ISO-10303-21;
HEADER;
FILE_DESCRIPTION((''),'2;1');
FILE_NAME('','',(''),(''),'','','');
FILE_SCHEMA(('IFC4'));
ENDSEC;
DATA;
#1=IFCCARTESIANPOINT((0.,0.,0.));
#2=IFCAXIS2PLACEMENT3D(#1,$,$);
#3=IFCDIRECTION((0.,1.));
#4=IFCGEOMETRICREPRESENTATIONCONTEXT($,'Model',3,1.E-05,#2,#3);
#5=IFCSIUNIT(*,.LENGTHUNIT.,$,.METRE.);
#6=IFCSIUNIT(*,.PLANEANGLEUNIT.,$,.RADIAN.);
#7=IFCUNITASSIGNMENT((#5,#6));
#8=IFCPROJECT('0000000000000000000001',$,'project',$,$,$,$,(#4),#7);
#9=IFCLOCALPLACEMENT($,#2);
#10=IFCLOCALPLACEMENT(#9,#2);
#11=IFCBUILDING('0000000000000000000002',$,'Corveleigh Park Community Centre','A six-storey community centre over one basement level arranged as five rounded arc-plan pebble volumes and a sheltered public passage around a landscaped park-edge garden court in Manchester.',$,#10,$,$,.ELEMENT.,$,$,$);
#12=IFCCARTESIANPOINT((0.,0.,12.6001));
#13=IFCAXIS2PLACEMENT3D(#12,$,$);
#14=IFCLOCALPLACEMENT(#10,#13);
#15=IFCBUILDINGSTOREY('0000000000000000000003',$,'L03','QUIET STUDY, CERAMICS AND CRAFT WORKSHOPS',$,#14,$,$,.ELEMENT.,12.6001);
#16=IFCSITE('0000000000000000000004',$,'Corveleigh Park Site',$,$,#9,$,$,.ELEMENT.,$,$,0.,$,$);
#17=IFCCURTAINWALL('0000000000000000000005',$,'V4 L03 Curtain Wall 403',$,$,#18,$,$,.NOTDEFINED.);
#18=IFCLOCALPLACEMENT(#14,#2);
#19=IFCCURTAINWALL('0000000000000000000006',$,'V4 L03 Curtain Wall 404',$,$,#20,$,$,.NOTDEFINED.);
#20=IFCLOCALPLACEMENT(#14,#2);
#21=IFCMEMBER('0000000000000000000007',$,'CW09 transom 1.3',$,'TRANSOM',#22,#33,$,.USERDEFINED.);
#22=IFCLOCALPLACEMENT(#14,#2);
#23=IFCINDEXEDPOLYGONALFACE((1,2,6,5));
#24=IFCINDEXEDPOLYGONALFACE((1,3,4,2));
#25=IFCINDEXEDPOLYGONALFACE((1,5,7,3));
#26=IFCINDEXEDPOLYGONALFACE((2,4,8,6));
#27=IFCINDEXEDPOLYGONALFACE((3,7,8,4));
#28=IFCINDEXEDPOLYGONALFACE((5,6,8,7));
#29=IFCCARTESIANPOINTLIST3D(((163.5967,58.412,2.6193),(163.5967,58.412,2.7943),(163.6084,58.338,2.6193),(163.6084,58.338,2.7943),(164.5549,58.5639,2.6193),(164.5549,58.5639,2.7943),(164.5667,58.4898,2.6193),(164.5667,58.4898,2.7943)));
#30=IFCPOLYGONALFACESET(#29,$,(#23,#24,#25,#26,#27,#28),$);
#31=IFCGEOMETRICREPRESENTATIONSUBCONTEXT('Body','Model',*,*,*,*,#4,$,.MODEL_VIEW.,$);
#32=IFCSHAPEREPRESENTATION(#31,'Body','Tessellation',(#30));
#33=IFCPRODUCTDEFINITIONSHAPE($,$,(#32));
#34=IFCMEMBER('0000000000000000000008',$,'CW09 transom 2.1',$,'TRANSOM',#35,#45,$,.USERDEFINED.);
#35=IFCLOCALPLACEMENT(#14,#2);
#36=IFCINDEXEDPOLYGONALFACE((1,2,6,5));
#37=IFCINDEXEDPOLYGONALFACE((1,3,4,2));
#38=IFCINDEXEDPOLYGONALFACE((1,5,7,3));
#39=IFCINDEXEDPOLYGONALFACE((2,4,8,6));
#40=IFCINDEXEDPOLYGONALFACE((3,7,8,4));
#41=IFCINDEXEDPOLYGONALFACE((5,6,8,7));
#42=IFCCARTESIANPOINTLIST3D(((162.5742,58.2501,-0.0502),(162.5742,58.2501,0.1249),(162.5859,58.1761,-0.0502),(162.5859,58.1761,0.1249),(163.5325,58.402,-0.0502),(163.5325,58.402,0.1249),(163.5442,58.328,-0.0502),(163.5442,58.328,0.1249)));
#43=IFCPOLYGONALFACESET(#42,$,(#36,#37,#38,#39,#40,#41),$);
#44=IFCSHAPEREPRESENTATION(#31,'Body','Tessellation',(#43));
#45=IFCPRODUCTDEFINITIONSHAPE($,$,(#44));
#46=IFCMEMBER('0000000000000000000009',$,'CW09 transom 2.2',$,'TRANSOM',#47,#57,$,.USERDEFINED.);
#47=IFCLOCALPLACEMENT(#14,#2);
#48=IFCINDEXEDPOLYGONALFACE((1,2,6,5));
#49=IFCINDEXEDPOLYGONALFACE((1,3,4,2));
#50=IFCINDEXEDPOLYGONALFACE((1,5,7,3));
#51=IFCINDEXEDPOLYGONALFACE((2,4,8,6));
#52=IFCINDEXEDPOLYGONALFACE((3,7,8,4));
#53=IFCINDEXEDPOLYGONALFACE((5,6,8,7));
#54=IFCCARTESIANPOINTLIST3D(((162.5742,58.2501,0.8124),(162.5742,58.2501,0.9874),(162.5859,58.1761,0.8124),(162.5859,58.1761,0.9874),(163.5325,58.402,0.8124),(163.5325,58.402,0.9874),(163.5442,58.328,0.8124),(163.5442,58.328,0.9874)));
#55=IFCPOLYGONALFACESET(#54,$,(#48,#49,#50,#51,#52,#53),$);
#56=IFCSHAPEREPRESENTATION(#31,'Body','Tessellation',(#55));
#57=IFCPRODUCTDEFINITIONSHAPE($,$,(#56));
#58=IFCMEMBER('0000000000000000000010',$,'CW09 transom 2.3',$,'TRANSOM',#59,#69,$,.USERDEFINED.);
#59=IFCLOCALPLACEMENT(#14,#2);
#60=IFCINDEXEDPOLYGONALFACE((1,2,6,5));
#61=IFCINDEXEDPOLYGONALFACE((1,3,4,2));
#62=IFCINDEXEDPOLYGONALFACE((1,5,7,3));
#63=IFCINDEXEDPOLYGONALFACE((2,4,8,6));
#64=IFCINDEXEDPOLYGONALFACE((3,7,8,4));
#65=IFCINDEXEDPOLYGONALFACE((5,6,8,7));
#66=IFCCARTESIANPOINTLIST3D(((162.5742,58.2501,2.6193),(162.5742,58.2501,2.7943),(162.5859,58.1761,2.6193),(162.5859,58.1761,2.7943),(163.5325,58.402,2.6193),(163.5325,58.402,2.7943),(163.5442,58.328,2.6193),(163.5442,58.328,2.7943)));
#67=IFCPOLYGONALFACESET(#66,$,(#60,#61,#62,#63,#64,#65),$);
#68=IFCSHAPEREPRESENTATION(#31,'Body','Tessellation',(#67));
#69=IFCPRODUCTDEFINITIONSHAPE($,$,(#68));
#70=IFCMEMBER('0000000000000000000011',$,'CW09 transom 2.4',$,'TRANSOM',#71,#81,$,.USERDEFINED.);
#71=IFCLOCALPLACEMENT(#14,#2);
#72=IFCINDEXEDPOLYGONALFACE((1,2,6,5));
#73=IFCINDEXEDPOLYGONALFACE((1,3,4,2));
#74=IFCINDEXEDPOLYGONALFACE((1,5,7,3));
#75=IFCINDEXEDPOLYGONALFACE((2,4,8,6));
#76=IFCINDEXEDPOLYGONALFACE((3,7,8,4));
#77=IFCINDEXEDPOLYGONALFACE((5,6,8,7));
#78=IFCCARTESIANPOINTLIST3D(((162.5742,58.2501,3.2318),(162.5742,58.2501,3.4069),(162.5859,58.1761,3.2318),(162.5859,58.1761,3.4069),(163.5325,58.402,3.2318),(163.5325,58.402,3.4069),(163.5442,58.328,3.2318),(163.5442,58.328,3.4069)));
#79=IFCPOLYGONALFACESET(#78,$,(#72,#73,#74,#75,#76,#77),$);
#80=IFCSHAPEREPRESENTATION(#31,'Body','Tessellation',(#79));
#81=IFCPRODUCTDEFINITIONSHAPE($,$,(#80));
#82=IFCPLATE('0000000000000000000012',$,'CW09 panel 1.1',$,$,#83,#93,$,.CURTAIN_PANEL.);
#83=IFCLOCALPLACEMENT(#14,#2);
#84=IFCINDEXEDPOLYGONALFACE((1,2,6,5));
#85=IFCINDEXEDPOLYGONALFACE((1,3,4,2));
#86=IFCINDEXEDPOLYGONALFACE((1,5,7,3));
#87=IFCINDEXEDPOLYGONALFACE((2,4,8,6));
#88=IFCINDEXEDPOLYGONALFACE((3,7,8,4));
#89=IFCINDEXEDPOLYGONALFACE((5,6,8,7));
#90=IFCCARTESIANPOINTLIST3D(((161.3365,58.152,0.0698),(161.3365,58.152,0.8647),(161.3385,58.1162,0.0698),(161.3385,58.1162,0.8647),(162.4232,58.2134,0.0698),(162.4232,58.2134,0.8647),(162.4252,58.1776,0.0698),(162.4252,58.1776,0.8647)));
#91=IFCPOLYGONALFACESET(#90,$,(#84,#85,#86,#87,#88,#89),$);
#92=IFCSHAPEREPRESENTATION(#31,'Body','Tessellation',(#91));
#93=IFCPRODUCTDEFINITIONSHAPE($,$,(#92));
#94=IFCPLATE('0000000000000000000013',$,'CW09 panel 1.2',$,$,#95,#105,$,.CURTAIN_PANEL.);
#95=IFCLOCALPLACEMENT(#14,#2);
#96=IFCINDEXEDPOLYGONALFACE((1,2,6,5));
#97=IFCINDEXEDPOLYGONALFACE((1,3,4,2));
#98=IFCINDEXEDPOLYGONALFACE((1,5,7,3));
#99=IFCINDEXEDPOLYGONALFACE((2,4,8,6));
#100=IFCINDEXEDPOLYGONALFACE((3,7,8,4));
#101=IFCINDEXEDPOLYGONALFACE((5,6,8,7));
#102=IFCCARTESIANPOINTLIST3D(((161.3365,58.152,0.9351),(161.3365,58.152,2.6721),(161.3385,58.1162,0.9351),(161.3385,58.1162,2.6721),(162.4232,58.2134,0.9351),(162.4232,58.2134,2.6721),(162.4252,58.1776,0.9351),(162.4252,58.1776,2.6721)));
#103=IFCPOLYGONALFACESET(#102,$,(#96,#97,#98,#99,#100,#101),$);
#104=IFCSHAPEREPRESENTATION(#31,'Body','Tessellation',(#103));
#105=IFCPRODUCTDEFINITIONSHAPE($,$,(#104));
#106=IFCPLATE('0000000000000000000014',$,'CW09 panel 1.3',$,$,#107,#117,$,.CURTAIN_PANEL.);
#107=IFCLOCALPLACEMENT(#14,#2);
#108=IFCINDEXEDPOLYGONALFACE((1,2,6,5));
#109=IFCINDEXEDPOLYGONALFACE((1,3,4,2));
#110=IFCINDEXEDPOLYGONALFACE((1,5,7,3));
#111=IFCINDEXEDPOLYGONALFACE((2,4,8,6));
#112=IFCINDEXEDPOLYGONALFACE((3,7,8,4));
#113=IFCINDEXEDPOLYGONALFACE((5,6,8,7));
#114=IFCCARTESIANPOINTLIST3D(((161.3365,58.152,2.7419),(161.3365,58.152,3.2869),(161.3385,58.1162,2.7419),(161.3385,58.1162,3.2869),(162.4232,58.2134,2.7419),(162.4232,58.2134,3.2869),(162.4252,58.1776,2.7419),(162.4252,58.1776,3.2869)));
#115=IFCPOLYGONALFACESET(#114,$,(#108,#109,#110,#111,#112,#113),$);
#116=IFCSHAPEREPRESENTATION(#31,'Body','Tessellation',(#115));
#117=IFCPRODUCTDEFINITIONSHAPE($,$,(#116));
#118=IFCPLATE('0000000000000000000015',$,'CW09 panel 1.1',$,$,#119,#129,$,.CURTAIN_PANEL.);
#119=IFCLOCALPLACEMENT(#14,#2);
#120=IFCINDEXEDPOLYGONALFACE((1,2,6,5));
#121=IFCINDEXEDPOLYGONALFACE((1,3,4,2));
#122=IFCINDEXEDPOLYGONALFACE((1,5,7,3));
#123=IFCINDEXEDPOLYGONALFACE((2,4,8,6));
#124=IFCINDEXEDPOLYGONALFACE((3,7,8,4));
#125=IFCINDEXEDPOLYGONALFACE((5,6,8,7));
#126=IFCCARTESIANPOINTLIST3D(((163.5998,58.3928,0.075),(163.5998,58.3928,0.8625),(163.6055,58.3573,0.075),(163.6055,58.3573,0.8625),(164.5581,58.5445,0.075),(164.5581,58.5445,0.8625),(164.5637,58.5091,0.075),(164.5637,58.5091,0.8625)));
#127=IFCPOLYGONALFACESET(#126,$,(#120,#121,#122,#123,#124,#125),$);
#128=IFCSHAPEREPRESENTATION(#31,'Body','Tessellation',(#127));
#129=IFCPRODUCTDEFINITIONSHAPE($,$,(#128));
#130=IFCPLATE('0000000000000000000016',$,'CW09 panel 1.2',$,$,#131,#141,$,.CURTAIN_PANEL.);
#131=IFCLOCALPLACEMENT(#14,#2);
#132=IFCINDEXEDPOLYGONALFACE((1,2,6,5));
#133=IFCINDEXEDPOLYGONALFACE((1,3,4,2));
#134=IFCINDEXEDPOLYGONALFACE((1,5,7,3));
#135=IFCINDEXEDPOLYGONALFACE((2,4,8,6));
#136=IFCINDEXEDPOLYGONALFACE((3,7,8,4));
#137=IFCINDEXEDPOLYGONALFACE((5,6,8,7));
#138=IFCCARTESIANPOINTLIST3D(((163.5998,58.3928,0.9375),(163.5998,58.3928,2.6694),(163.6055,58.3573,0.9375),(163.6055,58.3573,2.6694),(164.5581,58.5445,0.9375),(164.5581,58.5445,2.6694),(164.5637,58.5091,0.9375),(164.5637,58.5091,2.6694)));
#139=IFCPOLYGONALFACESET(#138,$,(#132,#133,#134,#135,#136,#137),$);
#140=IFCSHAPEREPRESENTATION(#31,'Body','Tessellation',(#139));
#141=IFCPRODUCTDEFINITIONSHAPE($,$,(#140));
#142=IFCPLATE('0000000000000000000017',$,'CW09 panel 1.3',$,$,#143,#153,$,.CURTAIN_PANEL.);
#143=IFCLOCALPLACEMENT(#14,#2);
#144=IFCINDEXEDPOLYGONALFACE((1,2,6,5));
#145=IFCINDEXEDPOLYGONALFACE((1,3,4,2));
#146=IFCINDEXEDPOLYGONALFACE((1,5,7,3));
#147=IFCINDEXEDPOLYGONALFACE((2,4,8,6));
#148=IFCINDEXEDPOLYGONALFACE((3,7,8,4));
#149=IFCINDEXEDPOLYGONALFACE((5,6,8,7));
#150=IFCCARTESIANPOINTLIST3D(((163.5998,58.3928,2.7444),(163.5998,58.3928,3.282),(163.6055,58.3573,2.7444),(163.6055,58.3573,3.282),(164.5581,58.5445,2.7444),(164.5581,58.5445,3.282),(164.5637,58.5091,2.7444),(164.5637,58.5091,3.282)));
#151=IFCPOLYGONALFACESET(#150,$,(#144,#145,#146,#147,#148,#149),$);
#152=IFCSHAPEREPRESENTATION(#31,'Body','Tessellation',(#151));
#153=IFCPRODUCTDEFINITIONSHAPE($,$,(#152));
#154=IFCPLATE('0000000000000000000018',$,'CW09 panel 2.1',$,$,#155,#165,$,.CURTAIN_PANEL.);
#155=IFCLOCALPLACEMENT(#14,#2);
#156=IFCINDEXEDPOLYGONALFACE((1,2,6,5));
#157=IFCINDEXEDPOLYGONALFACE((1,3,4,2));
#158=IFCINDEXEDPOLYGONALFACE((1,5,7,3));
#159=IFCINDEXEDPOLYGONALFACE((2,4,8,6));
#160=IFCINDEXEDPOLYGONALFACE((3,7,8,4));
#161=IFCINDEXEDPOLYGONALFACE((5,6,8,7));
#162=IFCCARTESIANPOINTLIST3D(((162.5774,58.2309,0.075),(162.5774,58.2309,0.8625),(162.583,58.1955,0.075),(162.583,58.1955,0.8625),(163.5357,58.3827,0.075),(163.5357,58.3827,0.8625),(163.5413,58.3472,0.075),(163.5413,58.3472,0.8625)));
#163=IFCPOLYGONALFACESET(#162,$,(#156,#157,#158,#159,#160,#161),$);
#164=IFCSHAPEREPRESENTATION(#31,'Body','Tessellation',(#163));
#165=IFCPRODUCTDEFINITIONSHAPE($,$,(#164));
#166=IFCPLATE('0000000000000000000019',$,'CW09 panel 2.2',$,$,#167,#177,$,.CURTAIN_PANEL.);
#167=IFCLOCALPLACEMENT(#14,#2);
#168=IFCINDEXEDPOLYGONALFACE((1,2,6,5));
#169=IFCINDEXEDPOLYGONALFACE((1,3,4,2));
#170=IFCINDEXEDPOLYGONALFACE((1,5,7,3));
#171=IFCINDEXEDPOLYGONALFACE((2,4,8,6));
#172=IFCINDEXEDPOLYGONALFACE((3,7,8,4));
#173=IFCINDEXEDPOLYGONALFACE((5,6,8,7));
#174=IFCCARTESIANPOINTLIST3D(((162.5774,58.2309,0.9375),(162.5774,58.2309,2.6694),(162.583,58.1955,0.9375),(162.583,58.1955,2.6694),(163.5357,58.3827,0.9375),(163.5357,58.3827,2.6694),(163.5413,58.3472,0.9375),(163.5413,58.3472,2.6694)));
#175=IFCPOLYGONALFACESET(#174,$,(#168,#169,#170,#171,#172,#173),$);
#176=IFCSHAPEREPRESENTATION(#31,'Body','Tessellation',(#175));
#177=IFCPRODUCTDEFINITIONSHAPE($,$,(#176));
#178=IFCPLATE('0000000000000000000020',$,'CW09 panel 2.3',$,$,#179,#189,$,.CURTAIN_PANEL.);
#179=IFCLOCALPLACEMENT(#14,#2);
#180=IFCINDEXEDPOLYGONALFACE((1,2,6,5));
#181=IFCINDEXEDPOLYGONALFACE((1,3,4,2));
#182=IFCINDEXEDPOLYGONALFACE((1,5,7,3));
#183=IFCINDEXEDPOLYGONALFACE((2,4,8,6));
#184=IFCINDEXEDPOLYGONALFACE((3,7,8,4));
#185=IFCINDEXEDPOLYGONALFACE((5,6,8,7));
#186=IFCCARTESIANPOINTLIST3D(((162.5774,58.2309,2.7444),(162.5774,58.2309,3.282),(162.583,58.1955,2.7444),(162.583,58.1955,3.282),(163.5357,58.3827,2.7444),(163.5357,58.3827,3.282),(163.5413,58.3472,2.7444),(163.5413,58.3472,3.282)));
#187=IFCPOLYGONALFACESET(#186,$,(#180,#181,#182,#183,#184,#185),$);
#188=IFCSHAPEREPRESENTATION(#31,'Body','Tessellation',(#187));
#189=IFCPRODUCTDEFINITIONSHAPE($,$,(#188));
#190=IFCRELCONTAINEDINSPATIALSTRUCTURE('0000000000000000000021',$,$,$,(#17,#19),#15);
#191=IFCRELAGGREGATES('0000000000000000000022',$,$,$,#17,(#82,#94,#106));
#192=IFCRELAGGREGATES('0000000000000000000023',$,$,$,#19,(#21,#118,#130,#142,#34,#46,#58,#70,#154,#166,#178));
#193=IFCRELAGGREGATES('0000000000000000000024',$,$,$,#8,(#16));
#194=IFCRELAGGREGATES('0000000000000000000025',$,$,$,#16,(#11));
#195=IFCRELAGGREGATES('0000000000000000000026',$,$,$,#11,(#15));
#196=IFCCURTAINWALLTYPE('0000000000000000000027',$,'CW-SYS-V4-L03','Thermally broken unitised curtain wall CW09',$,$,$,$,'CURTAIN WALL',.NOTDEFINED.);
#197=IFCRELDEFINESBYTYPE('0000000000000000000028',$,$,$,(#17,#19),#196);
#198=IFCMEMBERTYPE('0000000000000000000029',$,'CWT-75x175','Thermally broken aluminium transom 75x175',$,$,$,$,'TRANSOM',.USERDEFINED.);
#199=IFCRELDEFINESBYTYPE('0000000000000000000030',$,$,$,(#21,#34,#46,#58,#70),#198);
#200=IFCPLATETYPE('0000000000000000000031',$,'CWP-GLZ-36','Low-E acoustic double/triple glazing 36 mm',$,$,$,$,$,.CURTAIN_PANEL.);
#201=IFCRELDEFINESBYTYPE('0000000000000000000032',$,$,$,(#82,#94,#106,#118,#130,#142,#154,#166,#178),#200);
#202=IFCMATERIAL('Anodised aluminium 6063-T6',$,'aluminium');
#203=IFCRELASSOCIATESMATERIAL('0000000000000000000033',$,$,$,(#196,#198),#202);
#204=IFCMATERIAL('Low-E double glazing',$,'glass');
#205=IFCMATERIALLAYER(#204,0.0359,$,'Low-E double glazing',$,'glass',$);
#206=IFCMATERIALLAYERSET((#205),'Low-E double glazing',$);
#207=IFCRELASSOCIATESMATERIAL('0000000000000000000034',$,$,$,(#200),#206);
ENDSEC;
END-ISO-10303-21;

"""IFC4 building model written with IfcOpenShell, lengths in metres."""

from ifc_helpers import new_model, si_unit, direction, frame, origin, origin_2d, place, context, subcontext, project, spatial, rectangle, extrude, material, layer, layer_set, material_profile, profile_set, type_object, element, aggregate, save


model = new_model("IFC4")

# Units and contexts
model_context = context("Model", 3, precision=1e-05, world=origin(), true_north=direction((0.0, 1.0)))
body_context = subcontext(model_context, "Body", "Model", "MODEL_VIEW")
ifc_project = project(units=[si_unit("LENGTHUNIT", "METRE"), si_unit("PLANEANGLEUNIT", "RADIAN")], contexts=[model_context])

# Site, building, storey
site_placement = place(None, origin())
site = spatial("IfcSite", under=ifc_project, at=site_placement, Name="Corveleigh Park Site", CompositionType="ELEMENT", RefElevation=0.0)
building_placement = place(site_placement, origin())
building = spatial("IfcBuilding", under=site, at=building_placement, Name="Corveleigh Park Community Centre", Description="A six-storey community centre over one basement level arranged as five rounded arc-plan pebble volumes and a sheltered public passage around a landscaped park-edge garden court in Manchester.", CompositionType="ELEMENT")
storey_placement = place(building_placement, frame((0.0, 0.0, 12.6001)))
storey = spatial("IfcBuildingStorey", under=building, at=storey_placement, Name="L03", Description="QUIET STUDY, CERAMICS AND CRAFT WORKSHOPS", CompositionType="ELEMENT", Elevation=12.6001)

# Curtain walls
ifc_material_1 = material(Name="Anodised aluminium 6063-T6", Category="aluminium")
curtain_wall_type = type_object("IfcCurtainWallType", Name="CW-SYS-V4-L03", Description="Thermally broken unitised curtain wall CW09", ElementType="CURTAIN WALL", PredefinedType="NOTDEFINED", material=ifc_material_1)
curtain_wall_1_placement = place(storey_placement, origin())
curtain_wall_1 = element("IfcCurtainWall", 1, at=curtain_wall_1_placement, inside=storey, type_object=curtain_wall_type, Name="V4 L03 Curtain Wall 403", PredefinedType="NOTDEFINED")
curtain_wall_2_placement = place(storey_placement, origin())
curtain_wall_2 = element("IfcCurtainWall", 2, at=curtain_wall_2_placement, inside=storey, type_object=curtain_wall_type, Name="V4 L03 Curtain Wall 404", PredefinedType="NOTDEFINED")

# Members
ifc_material_profile_1 = material_profile(ifc_material_1, rectangle(XDim=0.075, YDim=0.175, at=origin_2d()), Name="ALU-T75x175", Category="aluminium")
ifc_profile_set_1 = profile_set([ifc_material_profile_1], Name="Anodised aluminium 6063-T6")
member_type_1 = type_object("IfcMemberType", Name="CWT-75x175", Description="Thermally broken aluminium transom 75x175", ElementType="TRANSOM", PredefinedType="USERDEFINED", material=ifc_profile_set_1)
member_1_placement = place(storey_placement, frame((164.5608, 58.5269, 2.7068), z_axis=(-0.987675, -0.156518, 0.0), x_axis=(0.156518, -0.987675, 0.0)))
member_1 = element("IfcMember", 3, at=member_1_placement, type_object=member_type_1, Name="CW09 transom 1.3", ObjectType="TRANSOM", PredefinedType="USERDEFINED", context=body_context, shape_type="SweptSolid", body=[
    extrude(rectangle(XDim=0.075, YDim=0.175, at=origin_2d()), origin(), (0.0, 0.0, 1.0), 0.9702),
])
member_2_placement = place(storey_placement, frame((163.5383, 58.365, 0.0374), z_axis=(-0.987675, -0.156518, 0.0), x_axis=(0.156518, -0.987675, 0.0)))
member_2 = element("IfcMember", 4, at=member_2_placement, type_object=member_type_1, Name="CW09 transom 2.1", ObjectType="TRANSOM", PredefinedType="USERDEFINED", context=body_context, shape_type="SweptSolid", body=[
    extrude(rectangle(XDim=0.075, YDim=0.175, at=origin_2d()), origin(), (0.0, 0.0, 1.0), 0.9702),
])
member_3_placement = place(storey_placement, frame((163.5383, 58.365, 0.8999), z_axis=(-0.987675, -0.156518, 0.0), x_axis=(0.156518, -0.987675, 0.0)))
member_3 = element("IfcMember", 5, at=member_3_placement, type_object=member_type_1, Name="CW09 transom 2.2", ObjectType="TRANSOM", PredefinedType="USERDEFINED", context=body_context, shape_type="SweptSolid", body=[
    extrude(rectangle(XDim=0.075, YDim=0.175, at=origin_2d()), origin(), (0.0, 0.0, 1.0), 0.9702),
])
member_4_placement = place(storey_placement, frame((163.5383, 58.365, 2.7068), z_axis=(-0.987675, -0.156518, 0.0), x_axis=(0.156518, -0.987675, 0.0)))
member_4 = element("IfcMember", 6, at=member_4_placement, type_object=member_type_1, Name="CW09 transom 2.3", ObjectType="TRANSOM", PredefinedType="USERDEFINED", context=body_context, shape_type="SweptSolid", body=[
    extrude(rectangle(XDim=0.075, YDim=0.175, at=origin_2d()), origin(), (0.0, 0.0, 1.0), 0.9702),
])
member_5_placement = place(storey_placement, frame((163.5383, 58.365, 3.3193), z_axis=(-0.987675, -0.156518, 0.0), x_axis=(0.156518, -0.987675, 0.0)))
member_5 = element("IfcMember", 7, at=member_5_placement, type_object=member_type_1, Name="CW09 transom 2.4", ObjectType="TRANSOM", PredefinedType="USERDEFINED", context=body_context, shape_type="SweptSolid", body=[
    extrude(rectangle(XDim=0.075, YDim=0.175, at=origin_2d()), origin(), (0.0, 0.0, 1.0), 0.9702),
])

# Plates
ifc_material_2 = material(Name="Low-E double glazing", Category="glass")
ifc_layer_1 = layer(ifc_material_2, 0.0359, Name="Low-E double glazing", Category="glass")
ifc_layer_set_1 = layer_set([ifc_layer_1], Name="Low-E double glazing")
plate_type = type_object("IfcPlateType", Name="CWP-GLZ-36", Description="Low-E acoustic double/triple glazing 36 mm", PredefinedType="CURTAIN_PANEL", material=ifc_layer_set_1)
plate_1_placement = place(storey_placement, frame((161.8809, 58.1648, 0.0698), z_axis=(0.0, 0.0, 1.0), x_axis=(-0.998406, -0.056434, 0.0)))
plate_1 = element("IfcPlate", 8, at=plate_1_placement, type_object=plate_type, Name="CW09 panel 1.1", PredefinedType="CURTAIN_PANEL", context=body_context, shape_type="SweptSolid", body=[
    extrude(rectangle(XDim=1.0884, YDim=0.0359, at=origin_2d()), origin(), (0.0, 0.0, 1.0), 0.7949),
])
plate_2_placement = place(storey_placement, frame((161.8809, 58.1648, 0.9351), z_axis=(0.0, 0.0, 1.0), x_axis=(-0.998406, -0.056434, 0.0)))
plate_2 = element("IfcPlate", 9, at=plate_2_placement, type_object=plate_type, Name="CW09 panel 1.2", PredefinedType="CURTAIN_PANEL", context=body_context, shape_type="SweptSolid", body=[
    extrude(rectangle(XDim=1.0884, YDim=0.0359, at=origin_2d()), origin(), (0.0, 0.0, 1.0), 1.7371),
])
plate_3_placement = place(storey_placement, frame((161.8809, 58.1648, 2.7419), z_axis=(0.0, 0.0, 1.0), x_axis=(-0.998406, -0.056434, 0.0)))
plate_3 = element("IfcPlate", 10, at=plate_3_placement, type_object=plate_type, Name="CW09 panel 1.3", PredefinedType="CURTAIN_PANEL", context=body_context, shape_type="SweptSolid", body=[
    extrude(rectangle(XDim=1.0884, YDim=0.0359, at=origin_2d()), origin(), (0.0, 0.0, 1.0), 0.5449),
])
aggregate(curtain_wall_1, [plate_1, plate_2, plate_3])
plate_4_placement = place(storey_placement, frame((164.0818, 58.4509, 0.075), z_axis=(0.0, 0.0, 1.0), x_axis=(-0.987691, -0.156419, 0.0)))
plate_4 = element("IfcPlate", 11, at=plate_4_placement, type_object=plate_type, Name="CW09 panel 1.1", PredefinedType="CURTAIN_PANEL", context=body_context, shape_type="SweptSolid", body=[
    extrude(rectangle(XDim=0.9702, YDim=0.0359, at=origin_2d()), origin(), (0.0, 0.0, 1.0), 0.7876),
])
plate_5_placement = place(storey_placement, frame((164.0818, 58.4509, 0.9375), z_axis=(0.0, 0.0, 1.0), x_axis=(-0.987691, -0.156419, 0.0)))
plate_5 = element("IfcPlate", 12, at=plate_5_placement, type_object=plate_type, Name="CW09 panel 1.2", PredefinedType="CURTAIN_PANEL", context=body_context, shape_type="SweptSolid", body=[
    extrude(rectangle(XDim=0.9702, YDim=0.0359, at=origin_2d()), origin(), (0.0, 0.0, 1.0), 1.7319),
])
plate_6_placement = place(storey_placement, frame((164.0818, 58.4509, 2.7444), z_axis=(0.0, 0.0, 1.0), x_axis=(-0.987691, -0.156419, 0.0)))
plate_6 = element("IfcPlate", 13, at=plate_6_placement, type_object=plate_type, Name="CW09 panel 1.3", PredefinedType="CURTAIN_PANEL", context=body_context, shape_type="SweptSolid", body=[
    extrude(rectangle(XDim=0.9702, YDim=0.0359, at=origin_2d()), origin(), (0.0, 0.0, 1.0), 0.5376),
])
plate_7_placement = place(storey_placement, frame((163.0593, 58.2891, 0.075), z_axis=(0.0, 0.0, 1.0), x_axis=(-0.987691, -0.156419, 0.0)))
plate_7 = element("IfcPlate", 14, at=plate_7_placement, type_object=plate_type, Name="CW09 panel 2.1", PredefinedType="CURTAIN_PANEL", context=body_context, shape_type="SweptSolid", body=[
    extrude(rectangle(XDim=0.9702, YDim=0.0359, at=origin_2d()), origin(), (0.0, 0.0, 1.0), 0.7876),
])
plate_8_placement = place(storey_placement, frame((163.0593, 58.2891, 0.9375), z_axis=(0.0, 0.0, 1.0), x_axis=(-0.987691, -0.156419, 0.0)))
plate_8 = element("IfcPlate", 15, at=plate_8_placement, type_object=plate_type, Name="CW09 panel 2.2", PredefinedType="CURTAIN_PANEL", context=body_context, shape_type="SweptSolid", body=[
    extrude(rectangle(XDim=0.9702, YDim=0.0359, at=origin_2d()), origin(), (0.0, 0.0, 1.0), 1.7319),
])
plate_9_placement = place(storey_placement, frame((163.0593, 58.2891, 2.7444), z_axis=(0.0, 0.0, 1.0), x_axis=(-0.987691, -0.156419, 0.0)))
plate_9 = element("IfcPlate", 16, at=plate_9_placement, type_object=plate_type, Name="CW09 panel 2.3", PredefinedType="CURTAIN_PANEL", context=body_context, shape_type="SweptSolid", body=[
    extrude(rectangle(XDim=0.9702, YDim=0.0359, at=origin_2d()), origin(), (0.0, 0.0, 1.0), 0.5376),
])
aggregate(curtain_wall_2, [member_1, plate_4, plate_5, plate_6, member_2, member_3, member_4, member_5, plate_7, plate_8, plate_9])

save(model, "model.ifc")
